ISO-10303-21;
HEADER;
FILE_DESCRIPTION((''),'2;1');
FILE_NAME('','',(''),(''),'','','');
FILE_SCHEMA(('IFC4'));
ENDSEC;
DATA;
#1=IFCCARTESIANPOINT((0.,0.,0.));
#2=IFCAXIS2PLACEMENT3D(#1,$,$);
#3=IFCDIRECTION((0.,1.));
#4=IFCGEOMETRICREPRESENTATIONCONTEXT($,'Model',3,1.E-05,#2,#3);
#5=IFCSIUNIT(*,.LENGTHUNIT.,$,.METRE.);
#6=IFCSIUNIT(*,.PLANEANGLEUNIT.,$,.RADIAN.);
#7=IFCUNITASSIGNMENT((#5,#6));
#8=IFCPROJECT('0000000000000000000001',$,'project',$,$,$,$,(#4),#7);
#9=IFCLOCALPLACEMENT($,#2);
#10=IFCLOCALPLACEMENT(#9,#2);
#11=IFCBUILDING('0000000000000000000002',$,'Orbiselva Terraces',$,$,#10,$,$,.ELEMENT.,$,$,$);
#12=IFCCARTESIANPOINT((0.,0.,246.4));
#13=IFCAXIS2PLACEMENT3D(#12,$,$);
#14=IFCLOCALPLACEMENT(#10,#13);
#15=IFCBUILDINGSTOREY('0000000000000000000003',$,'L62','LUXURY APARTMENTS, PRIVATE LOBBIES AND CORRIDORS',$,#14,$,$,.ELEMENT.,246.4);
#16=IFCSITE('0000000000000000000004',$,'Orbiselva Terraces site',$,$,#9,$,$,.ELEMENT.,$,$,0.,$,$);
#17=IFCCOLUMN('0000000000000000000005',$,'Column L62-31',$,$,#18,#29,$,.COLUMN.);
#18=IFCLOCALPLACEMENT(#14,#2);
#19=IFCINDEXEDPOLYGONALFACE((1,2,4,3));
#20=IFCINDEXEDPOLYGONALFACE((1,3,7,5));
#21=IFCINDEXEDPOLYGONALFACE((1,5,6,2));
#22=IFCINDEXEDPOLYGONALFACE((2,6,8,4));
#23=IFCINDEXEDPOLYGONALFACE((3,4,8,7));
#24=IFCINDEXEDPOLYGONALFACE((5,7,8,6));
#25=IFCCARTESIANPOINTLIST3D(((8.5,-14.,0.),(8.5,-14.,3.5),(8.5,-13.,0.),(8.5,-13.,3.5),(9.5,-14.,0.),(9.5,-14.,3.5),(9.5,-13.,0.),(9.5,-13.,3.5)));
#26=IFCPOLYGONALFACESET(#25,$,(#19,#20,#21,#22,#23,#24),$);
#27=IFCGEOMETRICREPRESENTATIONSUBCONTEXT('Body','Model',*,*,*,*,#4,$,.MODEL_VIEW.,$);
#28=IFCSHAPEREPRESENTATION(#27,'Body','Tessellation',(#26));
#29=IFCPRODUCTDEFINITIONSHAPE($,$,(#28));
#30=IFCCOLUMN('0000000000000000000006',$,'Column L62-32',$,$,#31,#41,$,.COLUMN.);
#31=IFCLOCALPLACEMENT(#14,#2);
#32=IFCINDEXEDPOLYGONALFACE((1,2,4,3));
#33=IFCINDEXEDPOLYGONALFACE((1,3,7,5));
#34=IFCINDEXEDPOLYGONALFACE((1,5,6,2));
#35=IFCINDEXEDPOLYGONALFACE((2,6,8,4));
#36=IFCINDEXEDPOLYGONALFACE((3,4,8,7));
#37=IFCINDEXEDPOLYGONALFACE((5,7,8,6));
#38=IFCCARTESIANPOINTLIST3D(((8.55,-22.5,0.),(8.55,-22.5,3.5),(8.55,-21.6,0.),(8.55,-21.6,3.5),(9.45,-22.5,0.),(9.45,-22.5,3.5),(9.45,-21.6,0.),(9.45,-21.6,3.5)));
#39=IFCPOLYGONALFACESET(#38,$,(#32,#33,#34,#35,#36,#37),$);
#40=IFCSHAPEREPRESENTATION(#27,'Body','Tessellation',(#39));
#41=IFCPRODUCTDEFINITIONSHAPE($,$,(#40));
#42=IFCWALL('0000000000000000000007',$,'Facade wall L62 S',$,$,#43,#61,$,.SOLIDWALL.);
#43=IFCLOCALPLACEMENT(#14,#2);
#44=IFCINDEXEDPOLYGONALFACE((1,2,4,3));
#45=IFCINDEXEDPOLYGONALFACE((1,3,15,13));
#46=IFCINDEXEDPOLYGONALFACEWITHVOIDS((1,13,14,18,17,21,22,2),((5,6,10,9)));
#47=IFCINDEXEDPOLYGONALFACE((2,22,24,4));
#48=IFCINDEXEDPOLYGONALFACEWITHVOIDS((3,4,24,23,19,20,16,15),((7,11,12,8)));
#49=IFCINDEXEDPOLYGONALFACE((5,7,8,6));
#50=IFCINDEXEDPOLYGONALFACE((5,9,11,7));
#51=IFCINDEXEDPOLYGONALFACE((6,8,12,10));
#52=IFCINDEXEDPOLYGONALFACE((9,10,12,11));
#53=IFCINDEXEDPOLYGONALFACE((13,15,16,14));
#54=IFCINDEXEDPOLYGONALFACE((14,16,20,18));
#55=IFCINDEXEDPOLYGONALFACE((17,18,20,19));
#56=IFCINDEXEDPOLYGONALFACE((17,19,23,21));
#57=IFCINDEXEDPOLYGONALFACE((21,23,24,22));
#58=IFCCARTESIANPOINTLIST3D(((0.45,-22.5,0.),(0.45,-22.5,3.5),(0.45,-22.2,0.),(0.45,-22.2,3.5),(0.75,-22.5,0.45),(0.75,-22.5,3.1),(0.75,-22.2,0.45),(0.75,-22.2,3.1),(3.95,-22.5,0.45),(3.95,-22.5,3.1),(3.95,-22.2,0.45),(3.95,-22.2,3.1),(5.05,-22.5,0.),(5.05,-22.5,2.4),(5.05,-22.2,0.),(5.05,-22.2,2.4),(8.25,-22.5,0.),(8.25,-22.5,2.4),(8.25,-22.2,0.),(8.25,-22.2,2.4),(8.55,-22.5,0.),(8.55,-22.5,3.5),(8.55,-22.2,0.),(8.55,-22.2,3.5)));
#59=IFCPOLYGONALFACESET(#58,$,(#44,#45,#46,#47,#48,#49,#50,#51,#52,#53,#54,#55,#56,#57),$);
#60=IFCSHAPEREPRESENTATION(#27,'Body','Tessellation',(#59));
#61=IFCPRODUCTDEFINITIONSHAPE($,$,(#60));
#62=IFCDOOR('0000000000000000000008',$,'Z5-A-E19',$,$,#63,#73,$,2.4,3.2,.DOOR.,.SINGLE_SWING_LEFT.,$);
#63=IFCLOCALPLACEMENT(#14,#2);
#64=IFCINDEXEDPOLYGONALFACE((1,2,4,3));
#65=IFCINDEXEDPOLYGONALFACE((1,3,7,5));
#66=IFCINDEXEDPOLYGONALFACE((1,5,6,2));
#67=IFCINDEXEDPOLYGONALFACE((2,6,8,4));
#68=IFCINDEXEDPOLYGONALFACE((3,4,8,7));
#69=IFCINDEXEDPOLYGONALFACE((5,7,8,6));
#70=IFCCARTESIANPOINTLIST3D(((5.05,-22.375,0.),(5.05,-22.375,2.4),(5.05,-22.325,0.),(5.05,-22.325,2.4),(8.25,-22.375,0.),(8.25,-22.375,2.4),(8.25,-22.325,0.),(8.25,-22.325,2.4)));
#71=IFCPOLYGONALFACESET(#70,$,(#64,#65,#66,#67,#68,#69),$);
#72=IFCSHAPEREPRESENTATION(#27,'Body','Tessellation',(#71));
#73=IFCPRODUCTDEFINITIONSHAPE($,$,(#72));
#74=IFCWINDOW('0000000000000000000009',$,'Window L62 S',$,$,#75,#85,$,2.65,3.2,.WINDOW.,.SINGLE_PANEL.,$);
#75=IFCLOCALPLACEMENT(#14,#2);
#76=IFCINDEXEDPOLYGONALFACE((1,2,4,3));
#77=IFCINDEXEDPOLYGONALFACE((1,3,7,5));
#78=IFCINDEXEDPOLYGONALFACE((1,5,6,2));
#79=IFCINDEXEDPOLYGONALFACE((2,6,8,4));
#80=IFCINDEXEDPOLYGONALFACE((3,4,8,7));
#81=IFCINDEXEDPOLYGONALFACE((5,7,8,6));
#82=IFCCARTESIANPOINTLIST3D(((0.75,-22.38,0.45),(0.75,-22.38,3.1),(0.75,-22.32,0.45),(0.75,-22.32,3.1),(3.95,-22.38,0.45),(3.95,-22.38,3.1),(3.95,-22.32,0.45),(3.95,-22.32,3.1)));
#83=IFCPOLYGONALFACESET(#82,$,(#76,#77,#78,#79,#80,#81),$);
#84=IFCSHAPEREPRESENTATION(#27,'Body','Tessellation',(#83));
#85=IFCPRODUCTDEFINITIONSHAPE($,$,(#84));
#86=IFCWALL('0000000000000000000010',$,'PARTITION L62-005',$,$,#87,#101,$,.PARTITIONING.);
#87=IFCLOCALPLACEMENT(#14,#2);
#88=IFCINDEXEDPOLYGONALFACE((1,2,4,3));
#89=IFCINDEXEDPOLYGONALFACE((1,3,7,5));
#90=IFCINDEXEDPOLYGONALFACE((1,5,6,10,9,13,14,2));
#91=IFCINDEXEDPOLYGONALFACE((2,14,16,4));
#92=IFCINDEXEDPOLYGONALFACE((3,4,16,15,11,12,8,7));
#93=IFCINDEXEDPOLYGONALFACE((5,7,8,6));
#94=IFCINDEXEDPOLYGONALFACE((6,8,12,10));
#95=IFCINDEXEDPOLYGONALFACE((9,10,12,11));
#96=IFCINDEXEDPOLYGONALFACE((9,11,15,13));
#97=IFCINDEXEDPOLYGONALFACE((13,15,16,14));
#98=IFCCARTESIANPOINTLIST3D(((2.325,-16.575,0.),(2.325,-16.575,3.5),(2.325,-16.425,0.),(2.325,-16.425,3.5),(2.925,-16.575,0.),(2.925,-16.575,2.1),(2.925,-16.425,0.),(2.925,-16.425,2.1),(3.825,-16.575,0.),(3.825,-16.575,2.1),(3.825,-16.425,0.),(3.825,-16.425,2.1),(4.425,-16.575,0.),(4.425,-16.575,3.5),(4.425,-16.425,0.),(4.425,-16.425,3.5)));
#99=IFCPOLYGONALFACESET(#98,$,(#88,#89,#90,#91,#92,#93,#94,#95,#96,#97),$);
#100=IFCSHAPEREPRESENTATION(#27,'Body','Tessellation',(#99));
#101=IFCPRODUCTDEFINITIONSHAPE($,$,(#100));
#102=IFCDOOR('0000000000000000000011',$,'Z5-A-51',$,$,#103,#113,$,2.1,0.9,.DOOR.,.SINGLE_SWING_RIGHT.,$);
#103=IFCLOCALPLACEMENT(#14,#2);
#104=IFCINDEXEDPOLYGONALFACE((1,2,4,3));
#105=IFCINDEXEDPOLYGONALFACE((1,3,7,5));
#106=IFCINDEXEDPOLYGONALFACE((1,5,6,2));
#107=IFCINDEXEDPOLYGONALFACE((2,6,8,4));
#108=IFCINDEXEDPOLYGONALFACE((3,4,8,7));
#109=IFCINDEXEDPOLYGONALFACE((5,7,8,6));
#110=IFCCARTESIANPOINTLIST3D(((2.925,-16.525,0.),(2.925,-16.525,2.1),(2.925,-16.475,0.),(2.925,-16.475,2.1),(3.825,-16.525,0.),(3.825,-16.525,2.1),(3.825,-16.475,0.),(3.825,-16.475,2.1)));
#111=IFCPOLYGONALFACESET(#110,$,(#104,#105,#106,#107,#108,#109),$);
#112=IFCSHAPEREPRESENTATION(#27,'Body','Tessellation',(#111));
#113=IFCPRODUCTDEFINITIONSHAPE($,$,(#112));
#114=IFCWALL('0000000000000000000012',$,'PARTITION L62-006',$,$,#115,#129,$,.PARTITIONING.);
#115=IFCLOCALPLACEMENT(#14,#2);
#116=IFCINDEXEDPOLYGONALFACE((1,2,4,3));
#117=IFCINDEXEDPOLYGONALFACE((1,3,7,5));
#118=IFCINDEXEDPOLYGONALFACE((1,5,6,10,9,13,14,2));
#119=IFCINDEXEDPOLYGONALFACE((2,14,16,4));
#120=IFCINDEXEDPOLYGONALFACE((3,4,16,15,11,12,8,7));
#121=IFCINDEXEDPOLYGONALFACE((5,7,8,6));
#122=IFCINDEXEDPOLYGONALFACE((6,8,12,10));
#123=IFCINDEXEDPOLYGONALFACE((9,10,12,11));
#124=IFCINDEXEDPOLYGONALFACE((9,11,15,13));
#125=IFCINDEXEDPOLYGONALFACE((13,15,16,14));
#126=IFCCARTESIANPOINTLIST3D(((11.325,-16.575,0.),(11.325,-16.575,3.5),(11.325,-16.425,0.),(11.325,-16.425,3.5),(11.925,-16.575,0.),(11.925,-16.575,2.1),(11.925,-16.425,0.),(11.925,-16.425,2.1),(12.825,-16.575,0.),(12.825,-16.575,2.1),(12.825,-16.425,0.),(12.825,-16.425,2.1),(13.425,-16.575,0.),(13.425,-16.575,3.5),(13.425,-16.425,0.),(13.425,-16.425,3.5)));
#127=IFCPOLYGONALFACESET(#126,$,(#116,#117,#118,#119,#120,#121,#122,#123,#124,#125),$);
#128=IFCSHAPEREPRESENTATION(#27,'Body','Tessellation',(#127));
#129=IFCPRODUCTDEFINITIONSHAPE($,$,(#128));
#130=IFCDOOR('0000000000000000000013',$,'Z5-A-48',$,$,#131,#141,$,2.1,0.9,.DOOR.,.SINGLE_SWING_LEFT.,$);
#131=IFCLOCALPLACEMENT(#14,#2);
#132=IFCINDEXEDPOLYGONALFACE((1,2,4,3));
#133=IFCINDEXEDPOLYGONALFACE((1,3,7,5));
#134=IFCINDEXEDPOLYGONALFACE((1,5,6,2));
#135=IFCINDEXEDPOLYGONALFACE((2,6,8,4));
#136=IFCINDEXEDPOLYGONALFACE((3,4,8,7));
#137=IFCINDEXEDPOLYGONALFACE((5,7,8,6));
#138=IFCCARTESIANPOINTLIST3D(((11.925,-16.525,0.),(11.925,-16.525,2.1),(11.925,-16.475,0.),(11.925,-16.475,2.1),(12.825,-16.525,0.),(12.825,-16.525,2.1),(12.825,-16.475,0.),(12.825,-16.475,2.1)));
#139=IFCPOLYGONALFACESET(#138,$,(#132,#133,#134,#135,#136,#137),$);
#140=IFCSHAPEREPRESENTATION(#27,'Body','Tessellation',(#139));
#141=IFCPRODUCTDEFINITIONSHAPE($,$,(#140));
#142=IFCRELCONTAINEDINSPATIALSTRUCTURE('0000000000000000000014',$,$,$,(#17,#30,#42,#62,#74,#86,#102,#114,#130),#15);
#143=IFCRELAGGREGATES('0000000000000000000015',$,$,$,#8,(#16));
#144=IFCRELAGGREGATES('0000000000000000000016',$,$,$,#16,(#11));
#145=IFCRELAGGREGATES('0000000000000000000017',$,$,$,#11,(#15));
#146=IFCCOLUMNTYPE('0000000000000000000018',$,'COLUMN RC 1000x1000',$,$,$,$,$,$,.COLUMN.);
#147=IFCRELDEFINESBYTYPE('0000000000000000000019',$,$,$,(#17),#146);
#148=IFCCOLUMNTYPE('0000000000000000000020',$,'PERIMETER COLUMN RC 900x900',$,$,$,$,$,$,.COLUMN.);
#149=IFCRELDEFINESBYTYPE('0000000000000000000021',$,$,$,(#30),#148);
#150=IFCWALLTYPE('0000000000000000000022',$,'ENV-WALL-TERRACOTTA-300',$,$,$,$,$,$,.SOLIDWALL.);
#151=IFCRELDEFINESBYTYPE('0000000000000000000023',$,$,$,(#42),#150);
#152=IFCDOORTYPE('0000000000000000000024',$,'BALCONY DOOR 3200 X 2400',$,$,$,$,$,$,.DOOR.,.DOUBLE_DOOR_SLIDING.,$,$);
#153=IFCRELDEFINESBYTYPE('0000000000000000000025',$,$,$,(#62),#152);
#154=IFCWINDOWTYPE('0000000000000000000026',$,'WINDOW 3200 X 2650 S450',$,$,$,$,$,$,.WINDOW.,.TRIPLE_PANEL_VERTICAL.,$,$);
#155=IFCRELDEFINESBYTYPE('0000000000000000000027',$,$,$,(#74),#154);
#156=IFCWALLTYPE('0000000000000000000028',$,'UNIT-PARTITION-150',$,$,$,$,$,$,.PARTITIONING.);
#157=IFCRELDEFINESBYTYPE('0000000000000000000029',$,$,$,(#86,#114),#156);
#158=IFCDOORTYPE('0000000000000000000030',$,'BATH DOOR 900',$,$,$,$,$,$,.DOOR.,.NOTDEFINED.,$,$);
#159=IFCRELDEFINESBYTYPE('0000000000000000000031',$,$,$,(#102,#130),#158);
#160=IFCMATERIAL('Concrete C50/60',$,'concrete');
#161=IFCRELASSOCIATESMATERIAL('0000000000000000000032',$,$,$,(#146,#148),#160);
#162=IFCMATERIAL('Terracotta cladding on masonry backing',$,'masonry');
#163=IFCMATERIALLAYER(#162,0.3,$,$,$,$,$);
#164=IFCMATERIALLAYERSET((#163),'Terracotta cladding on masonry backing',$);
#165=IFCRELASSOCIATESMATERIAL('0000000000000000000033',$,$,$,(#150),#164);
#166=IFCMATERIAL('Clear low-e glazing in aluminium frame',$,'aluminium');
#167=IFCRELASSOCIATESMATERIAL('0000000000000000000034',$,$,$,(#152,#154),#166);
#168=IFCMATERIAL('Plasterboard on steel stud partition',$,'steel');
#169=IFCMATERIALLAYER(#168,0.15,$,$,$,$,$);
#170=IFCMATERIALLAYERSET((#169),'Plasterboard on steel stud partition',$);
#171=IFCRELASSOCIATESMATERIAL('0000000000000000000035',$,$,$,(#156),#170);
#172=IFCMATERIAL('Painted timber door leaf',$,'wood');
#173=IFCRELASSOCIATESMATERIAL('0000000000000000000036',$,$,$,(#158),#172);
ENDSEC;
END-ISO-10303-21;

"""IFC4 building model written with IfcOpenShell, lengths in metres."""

from ifc_helpers import new_model, si_unit, direction, frame, frame_2d, origin, origin_2d, place, context, subcontext, project, spatial, rectangle, extrude, material, layer, layer_set, material_profile, profile_set, type_object, element, fill, save


model = new_model("IFC4")

# Units and contexts
model_context = context("Model", 3, precision=1e-05, world=origin(), true_north=direction((0.0, 1.0)))
body_context = subcontext(model_context, "Body", "Model", "MODEL_VIEW")
ifc_project = project(units=[si_unit("LENGTHUNIT", "METRE"), si_unit("PLANEANGLEUNIT", "RADIAN")], contexts=[model_context])

# Site, building, storey
site_placement = place(None, origin())
site = spatial("IfcSite", under=ifc_project, at=site_placement, Name="Orbiselva Terraces site", CompositionType="ELEMENT", RefElevation=0.0)
building_placement = place(site_placement, origin())
building = spatial("IfcBuilding", under=site, at=building_placement, Name="Orbiselva Terraces", CompositionType="ELEMENT")
storey_placement = place(building_placement, frame((0.0, 0.0, 246.4)))
storey = spatial("IfcBuildingStorey", under=building, at=storey_placement, Name="L62", Description="LUXURY APARTMENTS, PRIVATE LOBBIES AND CORRIDORS", CompositionType="ELEMENT", Elevation=246.4)

# Columns
ifc_material_1 = material(Name="Concrete C50/60", Category="concrete")
ifc_material_profile_1 = material_profile(ifc_material_1, rectangle(XDim=1.0, YDim=1.0, at=origin_2d()), Name="RC 1000x1000")
ifc_profile_set_1 = profile_set([ifc_material_profile_1], Name="Concrete C50/60")
column_type_1 = type_object("IfcColumnType", Name="COLUMN RC 1000x1000", PredefinedType="COLUMN", material=ifc_profile_set_1)
column_1_placement = place(storey_placement, frame((9.0, -13.5, 0.0), z_axis=(0.0, 0.0, 1.0), x_axis=(1.0, 0.0, 0.0)))
element("IfcColumn", 1, at=column_1_placement, inside=storey, type_object=column_type_1, Name="Column L62-31", PredefinedType="COLUMN", context=body_context, shape_type="SweptSolid", body=[
    extrude(rectangle(XDim=1.0, YDim=1.0, at=origin_2d()), origin(), (0.0, 0.0, 1.0), 3.5),
])
ifc_material_profile_2 = material_profile(ifc_material_1, rectangle(XDim=0.9, YDim=0.9, at=origin_2d()), Name="RC 900x900")
ifc_profile_set_2 = profile_set([ifc_material_profile_2], Name="Concrete C50/60")
column_type_2 = type_object("IfcColumnType", Name="PERIMETER COLUMN RC 900x900", PredefinedType="COLUMN", material=ifc_profile_set_2)
column_2_placement = place(storey_placement, frame((9.0, -22.05, 0.0), z_axis=(0.0, 0.0, 1.0), x_axis=(1.0, 0.0, 0.0)))
element("IfcColumn", 2, at=column_2_placement, inside=storey, type_object=column_type_2, Name="Column L62-32", PredefinedType="COLUMN", context=body_context, shape_type="SweptSolid", body=[
    extrude(rectangle(XDim=0.9, YDim=0.9, at=origin_2d()), origin(), (0.0, 0.0, 1.0), 3.5),
])

# Wall, openings, door, window
ifc_material_2 = material(Name="Terracotta cladding on masonry backing", Category="masonry")
ifc_layer_1 = layer(ifc_material_2, 0.3)
ifc_layer_set_1 = layer_set([ifc_layer_1], Name="Terracotta cladding on masonry backing")
wall_type_1 = type_object("IfcWallType", Name="ENV-WALL-TERRACOTTA-300", PredefinedType="SOLIDWALL", material=ifc_layer_set_1)
wall_1_placement = place(storey_placement, frame((8.55, -22.35, 0.0), z_axis=(0.0, 0.0, 1.0), x_axis=(-1.0, 0.0, 0.0)))
wall_1 = element("IfcWall", 3, at=wall_1_placement, inside=storey, type_object=wall_type_1, Name="Facade wall L62 S", PredefinedType="SOLIDWALL", context=body_context, shape_type="SweptSolid", body=[
    extrude(rectangle(XDim=8.1, YDim=0.3, at=frame_2d((4.05, 0.0))), origin(), (0.0, 0.0, 1.0), 3.5),
])
opening_1_placement = place(wall_1_placement, frame((4.6, 0.0, 0.45)))
opening_1 = element("IfcOpeningElement", 4, at=opening_1_placement, cuts=wall_1, PredefinedType="OPENING", context=body_context, shape_type="SweptSolid", body=[
    extrude(rectangle(XDim=3.2, YDim=2.65, at=frame_2d((1.6, 1.325))), frame((0.0, 0.16, 0.0), z_axis=(0.0, -1.0, 0.0), x_axis=(1.0, 0.0, 0.0)), (0.0, 0.0, 1.0), 0.32),
])
opening_2_placement = place(wall_1_placement, frame((0.3, 0.0, 0.0)))
opening_2 = element("IfcOpeningElement", 5, at=opening_2_placement, cuts=wall_1, PredefinedType="OPENING", context=body_context, shape_type="SweptSolid", body=[
    extrude(rectangle(XDim=3.2, YDim=2.4, at=frame_2d((1.6, 1.2))), frame((0.0, 0.16, 0.0), z_axis=(0.0, -1.0, 0.0), x_axis=(1.0, 0.0, 0.0)), (0.0, 0.0, 1.0), 0.32),
])
ifc_material_3 = material(Name="Clear low-e glazing in aluminium frame", Category="aluminium")
door_type_1 = type_object("IfcDoorType", Name="BALCONY DOOR 3200 X 2400", OperationType="DOUBLE_DOOR_SLIDING", PredefinedType="DOOR", material=ifc_material_3)
door_1_placement = place(opening_2_placement, origin())
door_1 = element("IfcDoor", 6, at=door_1_placement, inside=storey, type_object=door_type_1, Name="Z5-A-E19", OperationType="SINGLE_SWING_LEFT", OverallHeight=2.4, OverallWidth=3.2, PredefinedType="DOOR", context=body_context, shape_type="SweptSolid", body=[
    extrude(rectangle(XDim=3.2, YDim=2.4, at=frame_2d((1.6, 1.2))), frame((0.0, 0.025, 0.0), z_axis=(0.0, -1.0, 0.0), x_axis=(1.0, 0.0, 0.0)), (0.0, 0.0, 1.0), 0.05),
])
fill(opening_2, door_1)
window_type = type_object("IfcWindowType", Name="WINDOW 3200 X 2650 S450", PartitioningType="TRIPLE_PANEL_VERTICAL", PredefinedType="WINDOW", material=ifc_material_3)
window_placement = place(opening_1_placement, origin())
window = element("IfcWindow", 7, at=window_placement, inside=storey, type_object=window_type, Name="Window L62 S", OverallHeight=2.65, OverallWidth=3.2, PartitioningType="SINGLE_PANEL", PredefinedType="WINDOW", context=body_context, shape_type="SweptSolid", body=[
    extrude(rectangle(XDim=3.2, YDim=2.65, at=frame_2d((1.6, 1.325))), frame((0.0, 0.03, 0.0), z_axis=(0.0, -1.0, 0.0), x_axis=(1.0, 0.0, 0.0)), (0.0, 0.0, 1.0), 0.06),
])
fill(opening_1, window)

# Walls, openings, doors
ifc_material_4 = material(Name="Plasterboard on steel stud partition", Category="steel")
ifc_layer_2 = layer(ifc_material_4, 0.15)
ifc_layer_set_2 = layer_set([ifc_layer_2], Name="Plasterboard on steel stud partition")
wall_type_2 = type_object("IfcWallType", Name="UNIT-PARTITION-150", PredefinedType="PARTITIONING", material=ifc_layer_set_2)
wall_2_placement = place(storey_placement, frame((2.325, -16.5, 0.0), z_axis=(0.0, 0.0, 1.0), x_axis=(1.0, 0.0, 0.0)))
wall_2 = element("IfcWall", 8, at=wall_2_placement, inside=storey, type_object=wall_type_2, Name="PARTITION L62-005", PredefinedType="PARTITIONING", context=body_context, shape_type="SweptSolid", body=[
    extrude(rectangle(XDim=2.1, YDim=0.15, at=frame_2d((1.05, 0.0))), origin(), (0.0, 0.0, 1.0), 3.5),
])
opening_3_placement = place(wall_2_placement, frame((0.6, 0.0, 0.0)))
opening_3 = element("IfcOpeningElement", 9, at=opening_3_placement, cuts=wall_2, PredefinedType="OPENING", context=body_context, shape_type="SweptSolid", body=[
    extrude(rectangle(XDim=0.9, YDim=2.1, at=frame_2d((0.45, 1.05))), frame((0.0, 0.085, 0.0), z_axis=(0.0, -1.0, 0.0), x_axis=(1.0, 0.0, 0.0)), (0.0, 0.0, 1.0), 0.17),
])
ifc_material_5 = material(Name="Painted timber door leaf", Category="wood")
door_type_2 = type_object("IfcDoorType", Name="BATH DOOR 900", OperationType="NOTDEFINED", PredefinedType="DOOR", material=ifc_material_5)
door_2_placement = place(opening_3_placement, origin())
door_2 = element("IfcDoor", 10, at=door_2_placement, inside=storey, type_object=door_type_2, Name="Z5-A-51", OperationType="SINGLE_SWING_RIGHT", OverallHeight=2.1, OverallWidth=0.9, PredefinedType="DOOR", context=body_context, shape_type="SweptSolid", body=[
    extrude(rectangle(XDim=0.9, YDim=2.1, at=frame_2d((0.45, 1.05))), frame((0.0, 0.025, 0.0), z_axis=(0.0, -1.0, 0.0), x_axis=(1.0, 0.0, 0.0)), (0.0, 0.0, 1.0), 0.05),
])
fill(opening_3, door_2)
wall_3_placement = place(storey_placement, frame((11.325, -16.5, 0.0), z_axis=(0.0, 0.0, 1.0), x_axis=(1.0, 0.0, 0.0)))
wall_3 = element("IfcWall", 11, at=wall_3_placement, inside=storey, type_object=wall_type_2, Name="PARTITION L62-006", PredefinedType="PARTITIONING", context=body_context, shape_type="SweptSolid", body=[
    extrude(rectangle(XDim=2.1, YDim=0.15, at=frame_2d((1.05, 0.0))), origin(), (0.0, 0.0, 1.0), 3.5),
])
opening_4_placement = place(wall_3_placement, frame((0.6, 0.0, 0.0)))
opening_4 = element("IfcOpeningElement", 12, at=opening_4_placement, cuts=wall_3, PredefinedType="OPENING", context=body_context, shape_type="SweptSolid", body=[
    extrude(rectangle(XDim=0.9, YDim=2.1, at=frame_2d((0.45, 1.05))), frame((0.0, 0.085, 0.0), z_axis=(0.0, -1.0, 0.0), x_axis=(1.0, 0.0, 0.0)), (0.0, 0.0, 1.0), 0.17),
])
door_3_placement = place(opening_4_placement, origin())
door_3 = element("IfcDoor", 13, at=door_3_placement, inside=storey, type_object=door_type_2, Name="Z5-A-48", OperationType="SINGLE_SWING_LEFT", OverallHeight=2.1, OverallWidth=0.9, PredefinedType="DOOR", context=body_context, shape_type="SweptSolid", body=[
    extrude(rectangle(XDim=0.9, YDim=2.1, at=frame_2d((0.45, 1.05))), frame((0.0, 0.025, 0.0), z_axis=(0.0, -1.0, 0.0), x_axis=(1.0, 0.0, 0.0)), (0.0, 0.0, 1.0), 0.05),
])
fill(opening_4, door_3)

save(model, "model.ifc")
